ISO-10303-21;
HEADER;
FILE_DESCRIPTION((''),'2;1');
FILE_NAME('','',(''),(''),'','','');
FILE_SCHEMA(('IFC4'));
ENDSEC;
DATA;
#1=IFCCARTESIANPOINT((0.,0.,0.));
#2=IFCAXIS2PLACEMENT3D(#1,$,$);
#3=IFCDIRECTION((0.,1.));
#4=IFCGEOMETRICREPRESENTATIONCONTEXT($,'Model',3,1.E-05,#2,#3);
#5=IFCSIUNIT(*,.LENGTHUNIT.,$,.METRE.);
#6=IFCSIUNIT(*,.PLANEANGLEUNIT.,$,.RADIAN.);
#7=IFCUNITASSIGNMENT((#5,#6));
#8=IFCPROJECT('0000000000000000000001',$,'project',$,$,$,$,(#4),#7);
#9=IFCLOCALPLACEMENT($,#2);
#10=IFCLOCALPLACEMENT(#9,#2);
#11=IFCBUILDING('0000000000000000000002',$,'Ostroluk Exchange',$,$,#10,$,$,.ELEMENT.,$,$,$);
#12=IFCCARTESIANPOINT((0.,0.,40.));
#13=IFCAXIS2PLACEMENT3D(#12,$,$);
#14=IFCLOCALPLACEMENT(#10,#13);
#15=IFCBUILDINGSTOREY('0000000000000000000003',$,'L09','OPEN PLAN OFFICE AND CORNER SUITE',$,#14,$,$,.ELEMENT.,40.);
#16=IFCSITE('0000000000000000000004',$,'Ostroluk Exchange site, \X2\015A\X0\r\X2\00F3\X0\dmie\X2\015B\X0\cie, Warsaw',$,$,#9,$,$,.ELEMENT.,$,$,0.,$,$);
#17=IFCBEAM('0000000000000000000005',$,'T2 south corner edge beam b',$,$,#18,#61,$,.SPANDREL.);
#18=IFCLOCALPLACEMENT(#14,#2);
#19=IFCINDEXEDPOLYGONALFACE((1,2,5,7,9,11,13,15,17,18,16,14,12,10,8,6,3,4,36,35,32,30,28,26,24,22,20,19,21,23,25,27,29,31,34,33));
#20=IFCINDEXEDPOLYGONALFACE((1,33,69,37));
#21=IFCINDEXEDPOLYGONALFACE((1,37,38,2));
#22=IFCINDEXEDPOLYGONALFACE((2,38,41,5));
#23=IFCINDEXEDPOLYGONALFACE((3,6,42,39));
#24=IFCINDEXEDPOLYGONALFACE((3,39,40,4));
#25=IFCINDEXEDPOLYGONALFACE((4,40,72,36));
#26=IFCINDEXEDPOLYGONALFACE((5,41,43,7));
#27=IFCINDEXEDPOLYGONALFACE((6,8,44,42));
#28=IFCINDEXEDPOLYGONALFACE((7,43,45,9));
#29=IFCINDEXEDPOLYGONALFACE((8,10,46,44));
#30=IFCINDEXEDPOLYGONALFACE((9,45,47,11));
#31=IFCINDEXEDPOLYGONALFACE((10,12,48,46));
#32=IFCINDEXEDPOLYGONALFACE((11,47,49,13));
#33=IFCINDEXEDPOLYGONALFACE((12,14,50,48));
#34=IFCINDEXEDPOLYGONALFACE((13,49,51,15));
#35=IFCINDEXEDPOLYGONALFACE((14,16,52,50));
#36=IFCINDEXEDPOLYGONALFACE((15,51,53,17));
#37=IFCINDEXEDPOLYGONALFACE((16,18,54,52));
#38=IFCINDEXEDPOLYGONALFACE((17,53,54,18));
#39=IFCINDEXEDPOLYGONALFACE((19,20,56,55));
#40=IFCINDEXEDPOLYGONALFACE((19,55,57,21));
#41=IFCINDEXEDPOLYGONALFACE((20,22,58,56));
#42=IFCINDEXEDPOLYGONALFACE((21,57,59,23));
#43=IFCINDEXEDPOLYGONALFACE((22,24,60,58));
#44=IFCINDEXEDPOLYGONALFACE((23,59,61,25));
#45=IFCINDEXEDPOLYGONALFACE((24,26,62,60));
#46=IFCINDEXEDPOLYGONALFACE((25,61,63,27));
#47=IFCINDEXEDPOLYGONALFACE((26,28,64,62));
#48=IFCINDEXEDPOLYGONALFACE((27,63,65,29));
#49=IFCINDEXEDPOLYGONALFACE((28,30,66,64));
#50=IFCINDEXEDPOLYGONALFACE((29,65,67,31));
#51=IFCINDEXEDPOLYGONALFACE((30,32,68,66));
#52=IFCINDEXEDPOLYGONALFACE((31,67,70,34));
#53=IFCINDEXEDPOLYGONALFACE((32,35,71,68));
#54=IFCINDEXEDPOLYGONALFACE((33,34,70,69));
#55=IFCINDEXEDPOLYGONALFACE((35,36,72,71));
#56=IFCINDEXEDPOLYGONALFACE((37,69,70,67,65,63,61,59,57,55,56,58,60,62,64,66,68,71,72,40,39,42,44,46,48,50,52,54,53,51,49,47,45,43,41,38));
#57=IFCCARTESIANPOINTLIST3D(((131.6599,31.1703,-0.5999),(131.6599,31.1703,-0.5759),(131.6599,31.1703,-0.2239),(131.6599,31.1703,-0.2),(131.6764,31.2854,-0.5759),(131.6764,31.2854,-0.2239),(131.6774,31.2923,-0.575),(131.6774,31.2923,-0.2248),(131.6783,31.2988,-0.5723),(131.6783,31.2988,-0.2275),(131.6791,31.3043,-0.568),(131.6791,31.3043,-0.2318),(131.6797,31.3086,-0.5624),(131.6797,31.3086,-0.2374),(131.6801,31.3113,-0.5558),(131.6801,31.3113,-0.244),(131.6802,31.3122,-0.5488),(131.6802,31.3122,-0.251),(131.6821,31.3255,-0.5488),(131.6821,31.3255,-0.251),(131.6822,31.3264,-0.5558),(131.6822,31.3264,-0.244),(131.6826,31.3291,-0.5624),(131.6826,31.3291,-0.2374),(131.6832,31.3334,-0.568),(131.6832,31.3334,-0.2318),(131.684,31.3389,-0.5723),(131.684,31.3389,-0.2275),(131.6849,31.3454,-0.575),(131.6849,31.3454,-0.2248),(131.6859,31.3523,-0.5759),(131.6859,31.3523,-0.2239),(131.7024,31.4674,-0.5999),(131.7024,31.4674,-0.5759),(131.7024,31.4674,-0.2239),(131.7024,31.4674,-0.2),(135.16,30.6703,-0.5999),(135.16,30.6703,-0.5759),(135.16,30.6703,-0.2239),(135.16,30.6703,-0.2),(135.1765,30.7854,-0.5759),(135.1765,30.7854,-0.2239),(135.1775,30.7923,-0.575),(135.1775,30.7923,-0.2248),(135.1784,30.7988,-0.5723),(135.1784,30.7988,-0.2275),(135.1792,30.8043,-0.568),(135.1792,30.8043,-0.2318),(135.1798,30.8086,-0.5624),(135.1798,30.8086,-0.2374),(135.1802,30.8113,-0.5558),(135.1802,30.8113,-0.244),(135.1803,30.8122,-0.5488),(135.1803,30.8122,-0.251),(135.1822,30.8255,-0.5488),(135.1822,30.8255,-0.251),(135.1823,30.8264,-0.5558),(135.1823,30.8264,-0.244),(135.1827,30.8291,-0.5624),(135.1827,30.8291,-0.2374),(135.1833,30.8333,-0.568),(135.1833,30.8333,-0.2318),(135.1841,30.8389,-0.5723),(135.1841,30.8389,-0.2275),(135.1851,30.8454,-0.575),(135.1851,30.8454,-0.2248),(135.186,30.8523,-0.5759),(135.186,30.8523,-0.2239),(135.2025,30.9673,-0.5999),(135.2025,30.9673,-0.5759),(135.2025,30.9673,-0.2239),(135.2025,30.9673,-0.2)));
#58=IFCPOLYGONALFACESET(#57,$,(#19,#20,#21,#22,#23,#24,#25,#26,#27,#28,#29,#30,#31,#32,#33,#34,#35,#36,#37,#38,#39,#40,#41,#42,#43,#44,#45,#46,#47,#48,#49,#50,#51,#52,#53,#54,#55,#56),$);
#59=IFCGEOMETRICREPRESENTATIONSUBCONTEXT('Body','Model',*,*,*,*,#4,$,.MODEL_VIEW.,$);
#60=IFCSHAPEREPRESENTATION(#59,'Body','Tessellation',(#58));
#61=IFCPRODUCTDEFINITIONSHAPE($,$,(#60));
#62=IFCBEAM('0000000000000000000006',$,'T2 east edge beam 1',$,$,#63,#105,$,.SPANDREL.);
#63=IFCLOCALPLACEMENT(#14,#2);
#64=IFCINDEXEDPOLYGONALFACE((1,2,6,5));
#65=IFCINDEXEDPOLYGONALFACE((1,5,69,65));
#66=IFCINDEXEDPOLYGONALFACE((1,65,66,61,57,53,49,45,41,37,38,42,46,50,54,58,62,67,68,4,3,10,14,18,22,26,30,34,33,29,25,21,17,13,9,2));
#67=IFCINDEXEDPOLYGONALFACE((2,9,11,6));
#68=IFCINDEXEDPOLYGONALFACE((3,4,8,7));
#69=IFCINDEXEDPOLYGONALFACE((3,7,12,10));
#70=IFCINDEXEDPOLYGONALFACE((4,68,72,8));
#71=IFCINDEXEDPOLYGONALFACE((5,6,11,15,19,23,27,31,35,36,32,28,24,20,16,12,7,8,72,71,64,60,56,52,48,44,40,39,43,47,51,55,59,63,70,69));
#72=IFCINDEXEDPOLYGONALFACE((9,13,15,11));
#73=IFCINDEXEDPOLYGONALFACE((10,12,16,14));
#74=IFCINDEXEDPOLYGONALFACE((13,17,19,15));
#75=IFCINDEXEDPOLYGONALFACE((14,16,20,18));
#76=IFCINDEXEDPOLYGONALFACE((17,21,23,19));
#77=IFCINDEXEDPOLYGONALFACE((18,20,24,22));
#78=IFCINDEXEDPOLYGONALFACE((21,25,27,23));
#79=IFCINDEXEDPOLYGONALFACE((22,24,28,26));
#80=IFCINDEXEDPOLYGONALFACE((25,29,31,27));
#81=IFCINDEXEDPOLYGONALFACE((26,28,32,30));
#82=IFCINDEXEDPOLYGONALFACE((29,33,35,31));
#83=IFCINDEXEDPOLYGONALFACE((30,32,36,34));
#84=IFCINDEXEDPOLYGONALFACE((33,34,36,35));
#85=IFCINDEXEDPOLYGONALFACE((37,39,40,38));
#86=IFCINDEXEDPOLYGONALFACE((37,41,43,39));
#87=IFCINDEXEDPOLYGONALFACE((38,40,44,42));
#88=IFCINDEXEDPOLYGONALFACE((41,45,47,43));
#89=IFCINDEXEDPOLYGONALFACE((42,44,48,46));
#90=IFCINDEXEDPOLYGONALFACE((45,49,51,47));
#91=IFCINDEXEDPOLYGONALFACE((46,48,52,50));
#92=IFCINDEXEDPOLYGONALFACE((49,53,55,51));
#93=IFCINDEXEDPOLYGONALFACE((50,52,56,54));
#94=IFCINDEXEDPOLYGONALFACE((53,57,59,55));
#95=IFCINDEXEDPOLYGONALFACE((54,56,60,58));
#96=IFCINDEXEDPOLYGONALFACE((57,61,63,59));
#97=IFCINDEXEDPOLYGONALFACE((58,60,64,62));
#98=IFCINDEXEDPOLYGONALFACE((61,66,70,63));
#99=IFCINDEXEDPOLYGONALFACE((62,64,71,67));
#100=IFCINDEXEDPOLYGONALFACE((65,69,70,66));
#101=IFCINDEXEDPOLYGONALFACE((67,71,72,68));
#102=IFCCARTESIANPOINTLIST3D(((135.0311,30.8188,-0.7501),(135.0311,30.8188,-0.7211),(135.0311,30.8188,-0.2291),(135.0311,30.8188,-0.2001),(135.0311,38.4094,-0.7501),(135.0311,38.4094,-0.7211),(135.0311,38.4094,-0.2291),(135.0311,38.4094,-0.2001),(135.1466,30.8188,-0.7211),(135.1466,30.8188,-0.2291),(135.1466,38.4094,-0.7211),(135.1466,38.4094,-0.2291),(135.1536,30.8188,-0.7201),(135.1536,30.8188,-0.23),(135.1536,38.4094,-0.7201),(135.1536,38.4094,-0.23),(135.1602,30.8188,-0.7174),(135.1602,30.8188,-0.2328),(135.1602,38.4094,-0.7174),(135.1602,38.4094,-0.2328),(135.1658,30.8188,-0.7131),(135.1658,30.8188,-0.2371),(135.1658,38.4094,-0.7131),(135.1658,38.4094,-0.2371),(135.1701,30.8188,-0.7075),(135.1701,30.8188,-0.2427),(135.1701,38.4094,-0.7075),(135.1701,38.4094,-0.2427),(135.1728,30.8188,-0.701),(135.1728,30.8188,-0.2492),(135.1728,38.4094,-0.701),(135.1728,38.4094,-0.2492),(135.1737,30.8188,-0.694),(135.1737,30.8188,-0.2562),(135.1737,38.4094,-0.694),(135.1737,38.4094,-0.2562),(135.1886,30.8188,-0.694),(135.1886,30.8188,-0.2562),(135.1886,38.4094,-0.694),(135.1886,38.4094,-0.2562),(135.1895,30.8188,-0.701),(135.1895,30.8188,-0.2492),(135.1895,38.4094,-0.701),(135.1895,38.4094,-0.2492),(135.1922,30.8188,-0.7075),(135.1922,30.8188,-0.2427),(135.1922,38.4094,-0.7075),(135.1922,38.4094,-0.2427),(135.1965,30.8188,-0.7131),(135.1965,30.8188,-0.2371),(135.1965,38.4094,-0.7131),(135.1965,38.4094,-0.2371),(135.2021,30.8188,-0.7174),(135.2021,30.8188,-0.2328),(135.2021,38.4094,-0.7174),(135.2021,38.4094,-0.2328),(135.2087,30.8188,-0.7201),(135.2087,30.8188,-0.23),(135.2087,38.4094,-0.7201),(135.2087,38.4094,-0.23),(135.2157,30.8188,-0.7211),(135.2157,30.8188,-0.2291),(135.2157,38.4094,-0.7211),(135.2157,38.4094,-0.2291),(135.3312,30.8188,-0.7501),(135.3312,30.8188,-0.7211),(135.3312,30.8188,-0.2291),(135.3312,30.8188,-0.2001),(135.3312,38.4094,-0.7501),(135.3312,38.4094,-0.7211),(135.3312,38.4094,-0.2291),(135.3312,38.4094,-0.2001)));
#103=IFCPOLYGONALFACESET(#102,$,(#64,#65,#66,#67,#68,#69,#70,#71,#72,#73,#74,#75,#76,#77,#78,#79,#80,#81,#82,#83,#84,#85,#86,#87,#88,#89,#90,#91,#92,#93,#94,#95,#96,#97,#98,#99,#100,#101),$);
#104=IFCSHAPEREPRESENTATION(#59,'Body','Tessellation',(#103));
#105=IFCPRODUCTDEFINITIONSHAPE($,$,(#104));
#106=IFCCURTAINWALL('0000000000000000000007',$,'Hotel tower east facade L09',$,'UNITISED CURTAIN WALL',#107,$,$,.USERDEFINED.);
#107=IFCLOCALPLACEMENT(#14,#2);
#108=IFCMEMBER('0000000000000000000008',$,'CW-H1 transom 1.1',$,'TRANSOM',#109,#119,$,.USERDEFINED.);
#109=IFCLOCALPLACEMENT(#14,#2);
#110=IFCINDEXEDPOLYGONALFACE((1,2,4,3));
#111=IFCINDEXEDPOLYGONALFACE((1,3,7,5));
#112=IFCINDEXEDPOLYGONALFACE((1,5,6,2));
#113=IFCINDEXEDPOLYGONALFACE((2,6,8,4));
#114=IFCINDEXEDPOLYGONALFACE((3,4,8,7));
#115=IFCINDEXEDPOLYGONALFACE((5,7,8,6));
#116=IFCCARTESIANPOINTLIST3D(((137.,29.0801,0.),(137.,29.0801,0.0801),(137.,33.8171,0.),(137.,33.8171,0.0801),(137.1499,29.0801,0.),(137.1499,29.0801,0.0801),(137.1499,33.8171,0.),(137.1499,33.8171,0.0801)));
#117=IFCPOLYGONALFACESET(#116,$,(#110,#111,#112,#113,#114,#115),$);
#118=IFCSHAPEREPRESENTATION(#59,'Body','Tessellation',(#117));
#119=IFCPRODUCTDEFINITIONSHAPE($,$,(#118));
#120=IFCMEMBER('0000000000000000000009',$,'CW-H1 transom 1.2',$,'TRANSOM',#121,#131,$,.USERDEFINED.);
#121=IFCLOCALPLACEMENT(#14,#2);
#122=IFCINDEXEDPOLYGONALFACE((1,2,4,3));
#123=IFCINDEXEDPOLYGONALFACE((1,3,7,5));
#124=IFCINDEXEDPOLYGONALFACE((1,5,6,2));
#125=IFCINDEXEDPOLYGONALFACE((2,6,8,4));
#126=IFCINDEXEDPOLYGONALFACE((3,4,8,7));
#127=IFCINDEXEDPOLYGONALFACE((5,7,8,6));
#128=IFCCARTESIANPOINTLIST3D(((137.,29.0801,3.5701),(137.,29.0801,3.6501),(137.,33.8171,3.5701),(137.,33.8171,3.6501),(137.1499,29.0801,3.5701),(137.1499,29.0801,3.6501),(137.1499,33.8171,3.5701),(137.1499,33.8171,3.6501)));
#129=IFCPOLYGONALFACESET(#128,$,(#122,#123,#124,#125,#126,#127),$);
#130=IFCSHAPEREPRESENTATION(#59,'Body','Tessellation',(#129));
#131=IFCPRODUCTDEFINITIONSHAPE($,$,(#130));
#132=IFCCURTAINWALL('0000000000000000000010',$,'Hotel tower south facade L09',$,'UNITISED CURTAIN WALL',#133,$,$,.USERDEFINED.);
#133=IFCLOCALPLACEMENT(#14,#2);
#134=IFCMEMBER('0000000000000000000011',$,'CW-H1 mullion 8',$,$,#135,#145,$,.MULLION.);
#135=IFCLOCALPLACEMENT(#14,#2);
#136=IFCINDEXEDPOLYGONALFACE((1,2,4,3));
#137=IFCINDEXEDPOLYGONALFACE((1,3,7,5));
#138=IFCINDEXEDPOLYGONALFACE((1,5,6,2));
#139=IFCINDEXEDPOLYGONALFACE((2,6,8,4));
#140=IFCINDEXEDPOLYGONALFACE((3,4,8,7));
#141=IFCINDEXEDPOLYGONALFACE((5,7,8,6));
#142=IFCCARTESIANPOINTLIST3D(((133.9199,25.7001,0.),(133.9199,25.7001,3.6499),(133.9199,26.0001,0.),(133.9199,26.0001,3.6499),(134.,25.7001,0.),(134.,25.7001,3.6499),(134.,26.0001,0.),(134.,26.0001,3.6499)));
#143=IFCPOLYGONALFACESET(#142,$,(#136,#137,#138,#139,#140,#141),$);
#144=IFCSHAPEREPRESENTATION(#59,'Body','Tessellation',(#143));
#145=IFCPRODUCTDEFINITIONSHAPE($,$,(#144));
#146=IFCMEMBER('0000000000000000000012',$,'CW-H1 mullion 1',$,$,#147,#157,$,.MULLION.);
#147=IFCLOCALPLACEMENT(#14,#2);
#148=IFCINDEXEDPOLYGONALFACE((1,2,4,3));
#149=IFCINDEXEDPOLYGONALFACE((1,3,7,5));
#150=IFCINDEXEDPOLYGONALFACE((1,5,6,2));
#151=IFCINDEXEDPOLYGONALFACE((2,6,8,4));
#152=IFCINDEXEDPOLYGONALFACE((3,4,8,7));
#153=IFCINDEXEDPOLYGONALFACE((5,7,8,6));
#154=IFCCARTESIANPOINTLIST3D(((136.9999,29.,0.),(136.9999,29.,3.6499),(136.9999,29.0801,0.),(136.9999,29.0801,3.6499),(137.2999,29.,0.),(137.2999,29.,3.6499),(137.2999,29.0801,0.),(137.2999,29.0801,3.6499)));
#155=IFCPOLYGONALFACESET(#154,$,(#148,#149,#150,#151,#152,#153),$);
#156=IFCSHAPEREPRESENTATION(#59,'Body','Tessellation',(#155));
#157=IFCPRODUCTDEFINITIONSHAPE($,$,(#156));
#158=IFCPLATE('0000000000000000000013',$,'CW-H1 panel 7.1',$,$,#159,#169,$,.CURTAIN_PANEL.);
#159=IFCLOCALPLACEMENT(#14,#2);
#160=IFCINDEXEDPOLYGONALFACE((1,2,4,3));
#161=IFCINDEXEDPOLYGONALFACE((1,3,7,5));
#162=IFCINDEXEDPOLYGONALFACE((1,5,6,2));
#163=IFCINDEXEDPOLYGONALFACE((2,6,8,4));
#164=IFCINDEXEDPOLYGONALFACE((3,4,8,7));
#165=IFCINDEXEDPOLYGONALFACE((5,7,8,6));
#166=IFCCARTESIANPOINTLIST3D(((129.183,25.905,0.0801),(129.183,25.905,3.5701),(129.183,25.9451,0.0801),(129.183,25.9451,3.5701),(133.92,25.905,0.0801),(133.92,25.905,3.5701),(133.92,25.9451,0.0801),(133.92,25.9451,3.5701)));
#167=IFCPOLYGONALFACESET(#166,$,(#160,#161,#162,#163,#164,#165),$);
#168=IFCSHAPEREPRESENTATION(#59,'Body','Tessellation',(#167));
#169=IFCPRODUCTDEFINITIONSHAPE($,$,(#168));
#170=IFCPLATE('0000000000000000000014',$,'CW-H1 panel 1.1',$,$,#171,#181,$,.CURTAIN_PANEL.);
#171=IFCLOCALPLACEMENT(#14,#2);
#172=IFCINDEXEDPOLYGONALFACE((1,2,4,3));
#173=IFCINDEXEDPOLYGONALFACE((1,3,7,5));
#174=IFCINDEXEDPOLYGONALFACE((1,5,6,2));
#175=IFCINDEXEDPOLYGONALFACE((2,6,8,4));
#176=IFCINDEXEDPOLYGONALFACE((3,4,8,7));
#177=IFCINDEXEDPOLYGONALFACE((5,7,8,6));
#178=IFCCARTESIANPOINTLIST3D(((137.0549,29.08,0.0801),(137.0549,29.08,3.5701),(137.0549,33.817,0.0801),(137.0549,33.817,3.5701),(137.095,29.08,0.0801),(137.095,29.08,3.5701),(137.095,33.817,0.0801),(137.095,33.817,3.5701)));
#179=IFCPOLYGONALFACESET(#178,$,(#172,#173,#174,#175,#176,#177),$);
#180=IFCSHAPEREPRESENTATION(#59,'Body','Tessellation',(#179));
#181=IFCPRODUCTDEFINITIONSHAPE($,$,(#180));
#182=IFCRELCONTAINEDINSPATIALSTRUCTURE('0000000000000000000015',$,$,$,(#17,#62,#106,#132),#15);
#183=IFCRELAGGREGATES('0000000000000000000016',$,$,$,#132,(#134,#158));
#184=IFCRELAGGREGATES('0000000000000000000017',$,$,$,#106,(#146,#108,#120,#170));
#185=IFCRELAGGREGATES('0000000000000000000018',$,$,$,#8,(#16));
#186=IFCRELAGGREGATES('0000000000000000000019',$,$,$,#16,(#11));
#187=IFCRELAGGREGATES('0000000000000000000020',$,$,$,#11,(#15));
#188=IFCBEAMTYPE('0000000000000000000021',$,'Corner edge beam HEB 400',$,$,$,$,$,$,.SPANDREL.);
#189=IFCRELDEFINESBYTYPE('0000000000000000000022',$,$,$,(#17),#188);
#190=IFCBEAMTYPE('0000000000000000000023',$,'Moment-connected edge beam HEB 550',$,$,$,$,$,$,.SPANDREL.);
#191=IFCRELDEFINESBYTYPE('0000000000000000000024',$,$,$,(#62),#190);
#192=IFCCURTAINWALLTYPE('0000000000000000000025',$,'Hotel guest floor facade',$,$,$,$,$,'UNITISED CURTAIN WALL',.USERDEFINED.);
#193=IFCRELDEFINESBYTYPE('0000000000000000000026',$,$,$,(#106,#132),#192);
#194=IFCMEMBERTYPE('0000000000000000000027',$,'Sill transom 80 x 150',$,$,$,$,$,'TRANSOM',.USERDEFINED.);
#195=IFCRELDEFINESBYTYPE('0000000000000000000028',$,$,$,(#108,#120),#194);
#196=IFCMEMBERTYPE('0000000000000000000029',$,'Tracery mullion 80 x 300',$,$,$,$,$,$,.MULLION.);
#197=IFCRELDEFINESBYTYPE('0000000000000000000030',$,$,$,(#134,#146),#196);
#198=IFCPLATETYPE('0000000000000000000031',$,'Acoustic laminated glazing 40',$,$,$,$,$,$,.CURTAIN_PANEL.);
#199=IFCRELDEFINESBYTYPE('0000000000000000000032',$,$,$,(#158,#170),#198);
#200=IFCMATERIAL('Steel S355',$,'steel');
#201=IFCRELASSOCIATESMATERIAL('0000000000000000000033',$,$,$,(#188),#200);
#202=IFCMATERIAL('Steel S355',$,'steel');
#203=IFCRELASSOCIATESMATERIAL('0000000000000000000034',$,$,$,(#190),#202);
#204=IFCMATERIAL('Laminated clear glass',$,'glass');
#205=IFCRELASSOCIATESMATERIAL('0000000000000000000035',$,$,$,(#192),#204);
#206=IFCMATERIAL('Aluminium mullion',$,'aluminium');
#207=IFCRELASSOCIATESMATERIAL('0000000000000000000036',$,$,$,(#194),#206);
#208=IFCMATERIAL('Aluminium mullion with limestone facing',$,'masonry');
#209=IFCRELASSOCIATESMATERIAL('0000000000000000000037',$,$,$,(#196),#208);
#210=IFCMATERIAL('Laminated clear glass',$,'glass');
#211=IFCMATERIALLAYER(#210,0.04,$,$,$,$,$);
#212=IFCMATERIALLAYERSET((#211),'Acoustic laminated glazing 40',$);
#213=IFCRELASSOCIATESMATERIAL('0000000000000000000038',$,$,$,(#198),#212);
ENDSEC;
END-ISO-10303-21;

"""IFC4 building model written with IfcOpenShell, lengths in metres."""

from ifc_helpers import new_model, si_unit, direction, frame, origin, origin_2d, place, context, subcontext, project, spatial, rectangle, i_section, extrude, material, layer, layer_set, material_profile, profile_set, type_object, element, aggregate, save


model = new_model("IFC4")

# Units and contexts
model_context = context("Model", 3, precision=1e-05, world=origin(), true_north=direction((0.0, 1.0)))
body_context = subcontext(model_context, "Body", "Model", "MODEL_VIEW")
ifc_project = project(units=[si_unit("LENGTHUNIT", "METRE"), si_unit("PLANEANGLEUNIT", "RADIAN")], contexts=[model_context])

# Site, building, storey
site_placement = place(None, origin())
site = spatial("IfcSite", under=ifc_project, at=site_placement, Name="Ostroluk Exchange site, Śródmieście, Warsaw", CompositionType="ELEMENT", RefElevation=0.0)
building_placement = place(site_placement, origin())
building = spatial("IfcBuilding", under=site, at=building_placement, Name="Ostroluk Exchange", CompositionType="ELEMENT")
storey_placement = place(building_placement, frame((0.0, 0.0, 40.0)))
storey = spatial("IfcBuildingStorey", under=building, at=storey_placement, Name="L09", Description="OPEN PLAN OFFICE AND CORNER SUITE", CompositionType="ELEMENT", Elevation=40.0)

# Beams
ifc_material_1 = material(Name="Steel S355", Category="steel")
ifc_material_profile_1 = material_profile(ifc_material_1, i_section(OverallWidth=0.3, OverallDepth=0.3999, WebThickness=0.0134, FlangeThickness=0.0239, FilletRadius=0.0271, at=origin_2d()), Name="HEB 400")
ifc_profile_set_1 = profile_set([ifc_material_profile_1], Name="Steel S355")
beam_type_1 = type_object("IfcBeamType", Name="Corner edge beam HEB 400", PredefinedType="SPANDREL", material=ifc_profile_set_1)
for number, where, z_axis, x_axis, name in (
    (1, (131.6812, 31.3188, -0.3999), (0.989949, -0.141421, 0.0), (0.141421, 0.989949, 0.0), "T2 south corner edge beam b"),
):
    element("IfcBeam", number, at=place(storey_placement, frame(where, z_axis=z_axis, x_axis=x_axis)), inside=storey, type_object=beam_type_1, Name=name, PredefinedType="SPANDREL", context=body_context, shape_type="SweptSolid", body=[
        extrude(i_section(OverallWidth=0.3, OverallDepth=0.3999, WebThickness=0.0134, FlangeThickness=0.0239, FilletRadius=0.0271, at=origin_2d()), origin(), (0.0, 0.0, 1.0), 3.5356),
    ])
ifc_material_2 = material(Name="Steel S355", Category="steel")
ifc_material_profile_2 = material_profile(ifc_material_2, i_section(OverallWidth=0.3, OverallDepth=0.55, WebThickness=0.0149, FlangeThickness=0.0291, FilletRadius=0.0271, at=origin_2d()), Name="HEB 550")
ifc_profile_set_2 = profile_set([ifc_material_profile_2], Name="Steel S355")
beam_type_2 = type_object("IfcBeamType", Name="Moment-connected edge beam HEB 550", PredefinedType="SPANDREL", material=ifc_profile_set_2)
beam_1_placement = place(storey_placement, frame((135.1812, 30.8188, -0.4751), z_axis=(0.0, 1.0, 0.0), x_axis=(-1.0, 0.0, 0.0)))
element("IfcBeam", 2, at=beam_1_placement, inside=storey, type_object=beam_type_2, Name="T2 east edge beam 1", PredefinedType="SPANDREL", context=body_context, shape_type="SweptSolid", body=[
    extrude(i_section(OverallWidth=0.3, OverallDepth=0.55, WebThickness=0.0149, FlangeThickness=0.0291, FilletRadius=0.0271, at=origin_2d()), origin(), (0.0, 0.0, 1.0), 7.5906),
])

# Curtain wall, members
ifc_material_3 = material(Name="Laminated clear glass", Category="glass")
curtain_wall_type = type_object("IfcCurtainWallType", Name="Hotel guest floor facade", ElementType="UNITISED CURTAIN WALL", PredefinedType="USERDEFINED", material=ifc_material_3)
curtain_wall_1_placement = place(storey_placement, origin())
curtain_wall_1 = element("IfcCurtainWall", 3, at=curtain_wall_1_placement, inside=storey, type_object=curtain_wall_type, Name="Hotel tower east facade L09", ObjectType="UNITISED CURTAIN WALL", PredefinedType="USERDEFINED")
ifc_material_4 = material(Name="Aluminium mullion", Category="aluminium")
ifc_material_profile_3 = material_profile(ifc_material_4, rectangle(XDim=0.1499, YDim=0.0801, at=origin_2d()), Name="Sill transom 80 x 150")
ifc_profile_set_3 = profile_set([ifc_material_profile_3], Name="Aluminium mullion")
member_type_1 = type_object("IfcMemberType", Name="Sill transom 80 x 150", ElementType="TRANSOM", PredefinedType="USERDEFINED", material=ifc_profile_set_3)
member_1_placement = place(storey_placement, frame((137.075, 29.0801, 0.04), z_axis=(0.0, 1.0, 0.0), x_axis=(-1.0, 0.0, 0.0)))
member_1 = element("IfcMember", 4, at=member_1_placement, type_object=member_type_1, Name="CW-H1 transom 1.1", ObjectType="TRANSOM", PredefinedType="USERDEFINED", context=body_context, shape_type="SweptSolid", body=[
    extrude(rectangle(XDim=0.1499, YDim=0.0801, at=origin_2d()), origin(), (0.0, 0.0, 1.0), 4.7371),
])
member_2_placement = place(storey_placement, frame((137.075, 29.0801, 3.6101), z_axis=(0.0, 1.0, 0.0), x_axis=(-1.0, 0.0, 0.0)))
member_2 = element("IfcMember", 5, at=member_2_placement, type_object=member_type_1, Name="CW-H1 transom 1.2", ObjectType="TRANSOM", PredefinedType="USERDEFINED", context=body_context, shape_type="SweptSolid", body=[
    extrude(rectangle(XDim=0.1499, YDim=0.0801, at=origin_2d()), origin(), (0.0, 0.0, 1.0), 4.7371),
])

# Curtain wall, member
curtain_wall_2_placement = place(storey_placement, origin())
curtain_wall_2 = element("IfcCurtainWall", 6, at=curtain_wall_2_placement, inside=storey, type_object=curtain_wall_type, Name="Hotel tower south facade L09", ObjectType="UNITISED CURTAIN WALL", PredefinedType="USERDEFINED")
ifc_material_5 = material(Name="Aluminium mullion with limestone facing", Category="masonry")
ifc_material_profile_4 = material_profile(ifc_material_5, rectangle(XDim=0.3, YDim=0.0801, at=origin_2d()), Name="Tracery mullion 80 x 300")
ifc_profile_set_4 = profile_set([ifc_material_profile_4], Name="Aluminium mullion with limestone facing")
member_type_2 = type_object("IfcMemberType", Name="Tracery mullion 80 x 300", PredefinedType="MULLION", material=ifc_profile_set_4)
member_3_placement = place(storey_placement, frame((133.96, 25.8501, 0.0), z_axis=(0.0, 0.0, 1.0), x_axis=(0.0, 1.0, 0.0)))
member_3 = element("IfcMember", 7, at=member_3_placement, type_object=member_type_2, Name="CW-H1 mullion 8", PredefinedType="MULLION", context=body_context, shape_type="SweptSolid", body=[
    extrude(rectangle(XDim=0.3, YDim=0.0801, at=origin_2d()), origin(), (0.0, 0.0, 1.0), 3.6499),
])

# Member
member_4_placement = place(storey_placement, frame((137.1499, 29.04, 0.0), z_axis=(0.0, 0.0, 1.0), x_axis=(-1.0, 0.0, 0.0)))
member_4 = element("IfcMember", 8, at=member_4_placement, type_object=member_type_2, Name="CW-H1 mullion 1", PredefinedType="MULLION", context=body_context, shape_type="SweptSolid", body=[
    extrude(rectangle(XDim=0.3, YDim=0.0801, at=origin_2d()), origin(), (0.0, 0.0, 1.0), 3.6499),
])

# Plates
ifc_material_6 = material(Name="Laminated clear glass", Category="glass")
ifc_layer_1 = layer(ifc_material_6, 0.04)
ifc_layer_set_1 = layer_set([ifc_layer_1], Name="Acoustic laminated glazing 40")
plate_type_1 = type_object("IfcPlateType", Name="Acoustic laminated glazing 40", PredefinedType="CURTAIN_PANEL", material=ifc_layer_set_1)
plate_1_placement = place(storey_placement, frame((131.5515, 25.925, 0.0801), z_axis=(0.0, 0.0, 1.0), x_axis=(1.0, 0.0, 0.0)))
plate_1 = element("IfcPlate", 9, at=plate_1_placement, type_object=plate_type_1, Name="CW-H1 panel 7.1", PredefinedType="CURTAIN_PANEL", context=body_context, shape_type="SweptSolid", body=[
    extrude(rectangle(XDim=4.7371, YDim=0.04, at=origin_2d()), origin(), (0.0, 0.0, 1.0), 3.49),
])
aggregate(curtain_wall_2, [member_3, plate_1])
plate_2_placement = place(storey_placement, frame((137.075, 31.4485, 0.0801), z_axis=(0.0, 0.0, 1.0), x_axis=(0.0, 1.0, 0.0)))
plate_2 = element("IfcPlate", 10, at=plate_2_placement, type_object=plate_type_1, Name="CW-H1 panel 1.1", PredefinedType="CURTAIN_PANEL", context=body_context, shape_type="SweptSolid", body=[
    extrude(rectangle(XDim=4.7371, YDim=0.04, at=origin_2d()), origin(), (0.0, 0.0, 1.0), 3.49),
])
aggregate(curtain_wall_1, [member_4, member_1, member_2, plate_2])

save(model, "model.ifc")
